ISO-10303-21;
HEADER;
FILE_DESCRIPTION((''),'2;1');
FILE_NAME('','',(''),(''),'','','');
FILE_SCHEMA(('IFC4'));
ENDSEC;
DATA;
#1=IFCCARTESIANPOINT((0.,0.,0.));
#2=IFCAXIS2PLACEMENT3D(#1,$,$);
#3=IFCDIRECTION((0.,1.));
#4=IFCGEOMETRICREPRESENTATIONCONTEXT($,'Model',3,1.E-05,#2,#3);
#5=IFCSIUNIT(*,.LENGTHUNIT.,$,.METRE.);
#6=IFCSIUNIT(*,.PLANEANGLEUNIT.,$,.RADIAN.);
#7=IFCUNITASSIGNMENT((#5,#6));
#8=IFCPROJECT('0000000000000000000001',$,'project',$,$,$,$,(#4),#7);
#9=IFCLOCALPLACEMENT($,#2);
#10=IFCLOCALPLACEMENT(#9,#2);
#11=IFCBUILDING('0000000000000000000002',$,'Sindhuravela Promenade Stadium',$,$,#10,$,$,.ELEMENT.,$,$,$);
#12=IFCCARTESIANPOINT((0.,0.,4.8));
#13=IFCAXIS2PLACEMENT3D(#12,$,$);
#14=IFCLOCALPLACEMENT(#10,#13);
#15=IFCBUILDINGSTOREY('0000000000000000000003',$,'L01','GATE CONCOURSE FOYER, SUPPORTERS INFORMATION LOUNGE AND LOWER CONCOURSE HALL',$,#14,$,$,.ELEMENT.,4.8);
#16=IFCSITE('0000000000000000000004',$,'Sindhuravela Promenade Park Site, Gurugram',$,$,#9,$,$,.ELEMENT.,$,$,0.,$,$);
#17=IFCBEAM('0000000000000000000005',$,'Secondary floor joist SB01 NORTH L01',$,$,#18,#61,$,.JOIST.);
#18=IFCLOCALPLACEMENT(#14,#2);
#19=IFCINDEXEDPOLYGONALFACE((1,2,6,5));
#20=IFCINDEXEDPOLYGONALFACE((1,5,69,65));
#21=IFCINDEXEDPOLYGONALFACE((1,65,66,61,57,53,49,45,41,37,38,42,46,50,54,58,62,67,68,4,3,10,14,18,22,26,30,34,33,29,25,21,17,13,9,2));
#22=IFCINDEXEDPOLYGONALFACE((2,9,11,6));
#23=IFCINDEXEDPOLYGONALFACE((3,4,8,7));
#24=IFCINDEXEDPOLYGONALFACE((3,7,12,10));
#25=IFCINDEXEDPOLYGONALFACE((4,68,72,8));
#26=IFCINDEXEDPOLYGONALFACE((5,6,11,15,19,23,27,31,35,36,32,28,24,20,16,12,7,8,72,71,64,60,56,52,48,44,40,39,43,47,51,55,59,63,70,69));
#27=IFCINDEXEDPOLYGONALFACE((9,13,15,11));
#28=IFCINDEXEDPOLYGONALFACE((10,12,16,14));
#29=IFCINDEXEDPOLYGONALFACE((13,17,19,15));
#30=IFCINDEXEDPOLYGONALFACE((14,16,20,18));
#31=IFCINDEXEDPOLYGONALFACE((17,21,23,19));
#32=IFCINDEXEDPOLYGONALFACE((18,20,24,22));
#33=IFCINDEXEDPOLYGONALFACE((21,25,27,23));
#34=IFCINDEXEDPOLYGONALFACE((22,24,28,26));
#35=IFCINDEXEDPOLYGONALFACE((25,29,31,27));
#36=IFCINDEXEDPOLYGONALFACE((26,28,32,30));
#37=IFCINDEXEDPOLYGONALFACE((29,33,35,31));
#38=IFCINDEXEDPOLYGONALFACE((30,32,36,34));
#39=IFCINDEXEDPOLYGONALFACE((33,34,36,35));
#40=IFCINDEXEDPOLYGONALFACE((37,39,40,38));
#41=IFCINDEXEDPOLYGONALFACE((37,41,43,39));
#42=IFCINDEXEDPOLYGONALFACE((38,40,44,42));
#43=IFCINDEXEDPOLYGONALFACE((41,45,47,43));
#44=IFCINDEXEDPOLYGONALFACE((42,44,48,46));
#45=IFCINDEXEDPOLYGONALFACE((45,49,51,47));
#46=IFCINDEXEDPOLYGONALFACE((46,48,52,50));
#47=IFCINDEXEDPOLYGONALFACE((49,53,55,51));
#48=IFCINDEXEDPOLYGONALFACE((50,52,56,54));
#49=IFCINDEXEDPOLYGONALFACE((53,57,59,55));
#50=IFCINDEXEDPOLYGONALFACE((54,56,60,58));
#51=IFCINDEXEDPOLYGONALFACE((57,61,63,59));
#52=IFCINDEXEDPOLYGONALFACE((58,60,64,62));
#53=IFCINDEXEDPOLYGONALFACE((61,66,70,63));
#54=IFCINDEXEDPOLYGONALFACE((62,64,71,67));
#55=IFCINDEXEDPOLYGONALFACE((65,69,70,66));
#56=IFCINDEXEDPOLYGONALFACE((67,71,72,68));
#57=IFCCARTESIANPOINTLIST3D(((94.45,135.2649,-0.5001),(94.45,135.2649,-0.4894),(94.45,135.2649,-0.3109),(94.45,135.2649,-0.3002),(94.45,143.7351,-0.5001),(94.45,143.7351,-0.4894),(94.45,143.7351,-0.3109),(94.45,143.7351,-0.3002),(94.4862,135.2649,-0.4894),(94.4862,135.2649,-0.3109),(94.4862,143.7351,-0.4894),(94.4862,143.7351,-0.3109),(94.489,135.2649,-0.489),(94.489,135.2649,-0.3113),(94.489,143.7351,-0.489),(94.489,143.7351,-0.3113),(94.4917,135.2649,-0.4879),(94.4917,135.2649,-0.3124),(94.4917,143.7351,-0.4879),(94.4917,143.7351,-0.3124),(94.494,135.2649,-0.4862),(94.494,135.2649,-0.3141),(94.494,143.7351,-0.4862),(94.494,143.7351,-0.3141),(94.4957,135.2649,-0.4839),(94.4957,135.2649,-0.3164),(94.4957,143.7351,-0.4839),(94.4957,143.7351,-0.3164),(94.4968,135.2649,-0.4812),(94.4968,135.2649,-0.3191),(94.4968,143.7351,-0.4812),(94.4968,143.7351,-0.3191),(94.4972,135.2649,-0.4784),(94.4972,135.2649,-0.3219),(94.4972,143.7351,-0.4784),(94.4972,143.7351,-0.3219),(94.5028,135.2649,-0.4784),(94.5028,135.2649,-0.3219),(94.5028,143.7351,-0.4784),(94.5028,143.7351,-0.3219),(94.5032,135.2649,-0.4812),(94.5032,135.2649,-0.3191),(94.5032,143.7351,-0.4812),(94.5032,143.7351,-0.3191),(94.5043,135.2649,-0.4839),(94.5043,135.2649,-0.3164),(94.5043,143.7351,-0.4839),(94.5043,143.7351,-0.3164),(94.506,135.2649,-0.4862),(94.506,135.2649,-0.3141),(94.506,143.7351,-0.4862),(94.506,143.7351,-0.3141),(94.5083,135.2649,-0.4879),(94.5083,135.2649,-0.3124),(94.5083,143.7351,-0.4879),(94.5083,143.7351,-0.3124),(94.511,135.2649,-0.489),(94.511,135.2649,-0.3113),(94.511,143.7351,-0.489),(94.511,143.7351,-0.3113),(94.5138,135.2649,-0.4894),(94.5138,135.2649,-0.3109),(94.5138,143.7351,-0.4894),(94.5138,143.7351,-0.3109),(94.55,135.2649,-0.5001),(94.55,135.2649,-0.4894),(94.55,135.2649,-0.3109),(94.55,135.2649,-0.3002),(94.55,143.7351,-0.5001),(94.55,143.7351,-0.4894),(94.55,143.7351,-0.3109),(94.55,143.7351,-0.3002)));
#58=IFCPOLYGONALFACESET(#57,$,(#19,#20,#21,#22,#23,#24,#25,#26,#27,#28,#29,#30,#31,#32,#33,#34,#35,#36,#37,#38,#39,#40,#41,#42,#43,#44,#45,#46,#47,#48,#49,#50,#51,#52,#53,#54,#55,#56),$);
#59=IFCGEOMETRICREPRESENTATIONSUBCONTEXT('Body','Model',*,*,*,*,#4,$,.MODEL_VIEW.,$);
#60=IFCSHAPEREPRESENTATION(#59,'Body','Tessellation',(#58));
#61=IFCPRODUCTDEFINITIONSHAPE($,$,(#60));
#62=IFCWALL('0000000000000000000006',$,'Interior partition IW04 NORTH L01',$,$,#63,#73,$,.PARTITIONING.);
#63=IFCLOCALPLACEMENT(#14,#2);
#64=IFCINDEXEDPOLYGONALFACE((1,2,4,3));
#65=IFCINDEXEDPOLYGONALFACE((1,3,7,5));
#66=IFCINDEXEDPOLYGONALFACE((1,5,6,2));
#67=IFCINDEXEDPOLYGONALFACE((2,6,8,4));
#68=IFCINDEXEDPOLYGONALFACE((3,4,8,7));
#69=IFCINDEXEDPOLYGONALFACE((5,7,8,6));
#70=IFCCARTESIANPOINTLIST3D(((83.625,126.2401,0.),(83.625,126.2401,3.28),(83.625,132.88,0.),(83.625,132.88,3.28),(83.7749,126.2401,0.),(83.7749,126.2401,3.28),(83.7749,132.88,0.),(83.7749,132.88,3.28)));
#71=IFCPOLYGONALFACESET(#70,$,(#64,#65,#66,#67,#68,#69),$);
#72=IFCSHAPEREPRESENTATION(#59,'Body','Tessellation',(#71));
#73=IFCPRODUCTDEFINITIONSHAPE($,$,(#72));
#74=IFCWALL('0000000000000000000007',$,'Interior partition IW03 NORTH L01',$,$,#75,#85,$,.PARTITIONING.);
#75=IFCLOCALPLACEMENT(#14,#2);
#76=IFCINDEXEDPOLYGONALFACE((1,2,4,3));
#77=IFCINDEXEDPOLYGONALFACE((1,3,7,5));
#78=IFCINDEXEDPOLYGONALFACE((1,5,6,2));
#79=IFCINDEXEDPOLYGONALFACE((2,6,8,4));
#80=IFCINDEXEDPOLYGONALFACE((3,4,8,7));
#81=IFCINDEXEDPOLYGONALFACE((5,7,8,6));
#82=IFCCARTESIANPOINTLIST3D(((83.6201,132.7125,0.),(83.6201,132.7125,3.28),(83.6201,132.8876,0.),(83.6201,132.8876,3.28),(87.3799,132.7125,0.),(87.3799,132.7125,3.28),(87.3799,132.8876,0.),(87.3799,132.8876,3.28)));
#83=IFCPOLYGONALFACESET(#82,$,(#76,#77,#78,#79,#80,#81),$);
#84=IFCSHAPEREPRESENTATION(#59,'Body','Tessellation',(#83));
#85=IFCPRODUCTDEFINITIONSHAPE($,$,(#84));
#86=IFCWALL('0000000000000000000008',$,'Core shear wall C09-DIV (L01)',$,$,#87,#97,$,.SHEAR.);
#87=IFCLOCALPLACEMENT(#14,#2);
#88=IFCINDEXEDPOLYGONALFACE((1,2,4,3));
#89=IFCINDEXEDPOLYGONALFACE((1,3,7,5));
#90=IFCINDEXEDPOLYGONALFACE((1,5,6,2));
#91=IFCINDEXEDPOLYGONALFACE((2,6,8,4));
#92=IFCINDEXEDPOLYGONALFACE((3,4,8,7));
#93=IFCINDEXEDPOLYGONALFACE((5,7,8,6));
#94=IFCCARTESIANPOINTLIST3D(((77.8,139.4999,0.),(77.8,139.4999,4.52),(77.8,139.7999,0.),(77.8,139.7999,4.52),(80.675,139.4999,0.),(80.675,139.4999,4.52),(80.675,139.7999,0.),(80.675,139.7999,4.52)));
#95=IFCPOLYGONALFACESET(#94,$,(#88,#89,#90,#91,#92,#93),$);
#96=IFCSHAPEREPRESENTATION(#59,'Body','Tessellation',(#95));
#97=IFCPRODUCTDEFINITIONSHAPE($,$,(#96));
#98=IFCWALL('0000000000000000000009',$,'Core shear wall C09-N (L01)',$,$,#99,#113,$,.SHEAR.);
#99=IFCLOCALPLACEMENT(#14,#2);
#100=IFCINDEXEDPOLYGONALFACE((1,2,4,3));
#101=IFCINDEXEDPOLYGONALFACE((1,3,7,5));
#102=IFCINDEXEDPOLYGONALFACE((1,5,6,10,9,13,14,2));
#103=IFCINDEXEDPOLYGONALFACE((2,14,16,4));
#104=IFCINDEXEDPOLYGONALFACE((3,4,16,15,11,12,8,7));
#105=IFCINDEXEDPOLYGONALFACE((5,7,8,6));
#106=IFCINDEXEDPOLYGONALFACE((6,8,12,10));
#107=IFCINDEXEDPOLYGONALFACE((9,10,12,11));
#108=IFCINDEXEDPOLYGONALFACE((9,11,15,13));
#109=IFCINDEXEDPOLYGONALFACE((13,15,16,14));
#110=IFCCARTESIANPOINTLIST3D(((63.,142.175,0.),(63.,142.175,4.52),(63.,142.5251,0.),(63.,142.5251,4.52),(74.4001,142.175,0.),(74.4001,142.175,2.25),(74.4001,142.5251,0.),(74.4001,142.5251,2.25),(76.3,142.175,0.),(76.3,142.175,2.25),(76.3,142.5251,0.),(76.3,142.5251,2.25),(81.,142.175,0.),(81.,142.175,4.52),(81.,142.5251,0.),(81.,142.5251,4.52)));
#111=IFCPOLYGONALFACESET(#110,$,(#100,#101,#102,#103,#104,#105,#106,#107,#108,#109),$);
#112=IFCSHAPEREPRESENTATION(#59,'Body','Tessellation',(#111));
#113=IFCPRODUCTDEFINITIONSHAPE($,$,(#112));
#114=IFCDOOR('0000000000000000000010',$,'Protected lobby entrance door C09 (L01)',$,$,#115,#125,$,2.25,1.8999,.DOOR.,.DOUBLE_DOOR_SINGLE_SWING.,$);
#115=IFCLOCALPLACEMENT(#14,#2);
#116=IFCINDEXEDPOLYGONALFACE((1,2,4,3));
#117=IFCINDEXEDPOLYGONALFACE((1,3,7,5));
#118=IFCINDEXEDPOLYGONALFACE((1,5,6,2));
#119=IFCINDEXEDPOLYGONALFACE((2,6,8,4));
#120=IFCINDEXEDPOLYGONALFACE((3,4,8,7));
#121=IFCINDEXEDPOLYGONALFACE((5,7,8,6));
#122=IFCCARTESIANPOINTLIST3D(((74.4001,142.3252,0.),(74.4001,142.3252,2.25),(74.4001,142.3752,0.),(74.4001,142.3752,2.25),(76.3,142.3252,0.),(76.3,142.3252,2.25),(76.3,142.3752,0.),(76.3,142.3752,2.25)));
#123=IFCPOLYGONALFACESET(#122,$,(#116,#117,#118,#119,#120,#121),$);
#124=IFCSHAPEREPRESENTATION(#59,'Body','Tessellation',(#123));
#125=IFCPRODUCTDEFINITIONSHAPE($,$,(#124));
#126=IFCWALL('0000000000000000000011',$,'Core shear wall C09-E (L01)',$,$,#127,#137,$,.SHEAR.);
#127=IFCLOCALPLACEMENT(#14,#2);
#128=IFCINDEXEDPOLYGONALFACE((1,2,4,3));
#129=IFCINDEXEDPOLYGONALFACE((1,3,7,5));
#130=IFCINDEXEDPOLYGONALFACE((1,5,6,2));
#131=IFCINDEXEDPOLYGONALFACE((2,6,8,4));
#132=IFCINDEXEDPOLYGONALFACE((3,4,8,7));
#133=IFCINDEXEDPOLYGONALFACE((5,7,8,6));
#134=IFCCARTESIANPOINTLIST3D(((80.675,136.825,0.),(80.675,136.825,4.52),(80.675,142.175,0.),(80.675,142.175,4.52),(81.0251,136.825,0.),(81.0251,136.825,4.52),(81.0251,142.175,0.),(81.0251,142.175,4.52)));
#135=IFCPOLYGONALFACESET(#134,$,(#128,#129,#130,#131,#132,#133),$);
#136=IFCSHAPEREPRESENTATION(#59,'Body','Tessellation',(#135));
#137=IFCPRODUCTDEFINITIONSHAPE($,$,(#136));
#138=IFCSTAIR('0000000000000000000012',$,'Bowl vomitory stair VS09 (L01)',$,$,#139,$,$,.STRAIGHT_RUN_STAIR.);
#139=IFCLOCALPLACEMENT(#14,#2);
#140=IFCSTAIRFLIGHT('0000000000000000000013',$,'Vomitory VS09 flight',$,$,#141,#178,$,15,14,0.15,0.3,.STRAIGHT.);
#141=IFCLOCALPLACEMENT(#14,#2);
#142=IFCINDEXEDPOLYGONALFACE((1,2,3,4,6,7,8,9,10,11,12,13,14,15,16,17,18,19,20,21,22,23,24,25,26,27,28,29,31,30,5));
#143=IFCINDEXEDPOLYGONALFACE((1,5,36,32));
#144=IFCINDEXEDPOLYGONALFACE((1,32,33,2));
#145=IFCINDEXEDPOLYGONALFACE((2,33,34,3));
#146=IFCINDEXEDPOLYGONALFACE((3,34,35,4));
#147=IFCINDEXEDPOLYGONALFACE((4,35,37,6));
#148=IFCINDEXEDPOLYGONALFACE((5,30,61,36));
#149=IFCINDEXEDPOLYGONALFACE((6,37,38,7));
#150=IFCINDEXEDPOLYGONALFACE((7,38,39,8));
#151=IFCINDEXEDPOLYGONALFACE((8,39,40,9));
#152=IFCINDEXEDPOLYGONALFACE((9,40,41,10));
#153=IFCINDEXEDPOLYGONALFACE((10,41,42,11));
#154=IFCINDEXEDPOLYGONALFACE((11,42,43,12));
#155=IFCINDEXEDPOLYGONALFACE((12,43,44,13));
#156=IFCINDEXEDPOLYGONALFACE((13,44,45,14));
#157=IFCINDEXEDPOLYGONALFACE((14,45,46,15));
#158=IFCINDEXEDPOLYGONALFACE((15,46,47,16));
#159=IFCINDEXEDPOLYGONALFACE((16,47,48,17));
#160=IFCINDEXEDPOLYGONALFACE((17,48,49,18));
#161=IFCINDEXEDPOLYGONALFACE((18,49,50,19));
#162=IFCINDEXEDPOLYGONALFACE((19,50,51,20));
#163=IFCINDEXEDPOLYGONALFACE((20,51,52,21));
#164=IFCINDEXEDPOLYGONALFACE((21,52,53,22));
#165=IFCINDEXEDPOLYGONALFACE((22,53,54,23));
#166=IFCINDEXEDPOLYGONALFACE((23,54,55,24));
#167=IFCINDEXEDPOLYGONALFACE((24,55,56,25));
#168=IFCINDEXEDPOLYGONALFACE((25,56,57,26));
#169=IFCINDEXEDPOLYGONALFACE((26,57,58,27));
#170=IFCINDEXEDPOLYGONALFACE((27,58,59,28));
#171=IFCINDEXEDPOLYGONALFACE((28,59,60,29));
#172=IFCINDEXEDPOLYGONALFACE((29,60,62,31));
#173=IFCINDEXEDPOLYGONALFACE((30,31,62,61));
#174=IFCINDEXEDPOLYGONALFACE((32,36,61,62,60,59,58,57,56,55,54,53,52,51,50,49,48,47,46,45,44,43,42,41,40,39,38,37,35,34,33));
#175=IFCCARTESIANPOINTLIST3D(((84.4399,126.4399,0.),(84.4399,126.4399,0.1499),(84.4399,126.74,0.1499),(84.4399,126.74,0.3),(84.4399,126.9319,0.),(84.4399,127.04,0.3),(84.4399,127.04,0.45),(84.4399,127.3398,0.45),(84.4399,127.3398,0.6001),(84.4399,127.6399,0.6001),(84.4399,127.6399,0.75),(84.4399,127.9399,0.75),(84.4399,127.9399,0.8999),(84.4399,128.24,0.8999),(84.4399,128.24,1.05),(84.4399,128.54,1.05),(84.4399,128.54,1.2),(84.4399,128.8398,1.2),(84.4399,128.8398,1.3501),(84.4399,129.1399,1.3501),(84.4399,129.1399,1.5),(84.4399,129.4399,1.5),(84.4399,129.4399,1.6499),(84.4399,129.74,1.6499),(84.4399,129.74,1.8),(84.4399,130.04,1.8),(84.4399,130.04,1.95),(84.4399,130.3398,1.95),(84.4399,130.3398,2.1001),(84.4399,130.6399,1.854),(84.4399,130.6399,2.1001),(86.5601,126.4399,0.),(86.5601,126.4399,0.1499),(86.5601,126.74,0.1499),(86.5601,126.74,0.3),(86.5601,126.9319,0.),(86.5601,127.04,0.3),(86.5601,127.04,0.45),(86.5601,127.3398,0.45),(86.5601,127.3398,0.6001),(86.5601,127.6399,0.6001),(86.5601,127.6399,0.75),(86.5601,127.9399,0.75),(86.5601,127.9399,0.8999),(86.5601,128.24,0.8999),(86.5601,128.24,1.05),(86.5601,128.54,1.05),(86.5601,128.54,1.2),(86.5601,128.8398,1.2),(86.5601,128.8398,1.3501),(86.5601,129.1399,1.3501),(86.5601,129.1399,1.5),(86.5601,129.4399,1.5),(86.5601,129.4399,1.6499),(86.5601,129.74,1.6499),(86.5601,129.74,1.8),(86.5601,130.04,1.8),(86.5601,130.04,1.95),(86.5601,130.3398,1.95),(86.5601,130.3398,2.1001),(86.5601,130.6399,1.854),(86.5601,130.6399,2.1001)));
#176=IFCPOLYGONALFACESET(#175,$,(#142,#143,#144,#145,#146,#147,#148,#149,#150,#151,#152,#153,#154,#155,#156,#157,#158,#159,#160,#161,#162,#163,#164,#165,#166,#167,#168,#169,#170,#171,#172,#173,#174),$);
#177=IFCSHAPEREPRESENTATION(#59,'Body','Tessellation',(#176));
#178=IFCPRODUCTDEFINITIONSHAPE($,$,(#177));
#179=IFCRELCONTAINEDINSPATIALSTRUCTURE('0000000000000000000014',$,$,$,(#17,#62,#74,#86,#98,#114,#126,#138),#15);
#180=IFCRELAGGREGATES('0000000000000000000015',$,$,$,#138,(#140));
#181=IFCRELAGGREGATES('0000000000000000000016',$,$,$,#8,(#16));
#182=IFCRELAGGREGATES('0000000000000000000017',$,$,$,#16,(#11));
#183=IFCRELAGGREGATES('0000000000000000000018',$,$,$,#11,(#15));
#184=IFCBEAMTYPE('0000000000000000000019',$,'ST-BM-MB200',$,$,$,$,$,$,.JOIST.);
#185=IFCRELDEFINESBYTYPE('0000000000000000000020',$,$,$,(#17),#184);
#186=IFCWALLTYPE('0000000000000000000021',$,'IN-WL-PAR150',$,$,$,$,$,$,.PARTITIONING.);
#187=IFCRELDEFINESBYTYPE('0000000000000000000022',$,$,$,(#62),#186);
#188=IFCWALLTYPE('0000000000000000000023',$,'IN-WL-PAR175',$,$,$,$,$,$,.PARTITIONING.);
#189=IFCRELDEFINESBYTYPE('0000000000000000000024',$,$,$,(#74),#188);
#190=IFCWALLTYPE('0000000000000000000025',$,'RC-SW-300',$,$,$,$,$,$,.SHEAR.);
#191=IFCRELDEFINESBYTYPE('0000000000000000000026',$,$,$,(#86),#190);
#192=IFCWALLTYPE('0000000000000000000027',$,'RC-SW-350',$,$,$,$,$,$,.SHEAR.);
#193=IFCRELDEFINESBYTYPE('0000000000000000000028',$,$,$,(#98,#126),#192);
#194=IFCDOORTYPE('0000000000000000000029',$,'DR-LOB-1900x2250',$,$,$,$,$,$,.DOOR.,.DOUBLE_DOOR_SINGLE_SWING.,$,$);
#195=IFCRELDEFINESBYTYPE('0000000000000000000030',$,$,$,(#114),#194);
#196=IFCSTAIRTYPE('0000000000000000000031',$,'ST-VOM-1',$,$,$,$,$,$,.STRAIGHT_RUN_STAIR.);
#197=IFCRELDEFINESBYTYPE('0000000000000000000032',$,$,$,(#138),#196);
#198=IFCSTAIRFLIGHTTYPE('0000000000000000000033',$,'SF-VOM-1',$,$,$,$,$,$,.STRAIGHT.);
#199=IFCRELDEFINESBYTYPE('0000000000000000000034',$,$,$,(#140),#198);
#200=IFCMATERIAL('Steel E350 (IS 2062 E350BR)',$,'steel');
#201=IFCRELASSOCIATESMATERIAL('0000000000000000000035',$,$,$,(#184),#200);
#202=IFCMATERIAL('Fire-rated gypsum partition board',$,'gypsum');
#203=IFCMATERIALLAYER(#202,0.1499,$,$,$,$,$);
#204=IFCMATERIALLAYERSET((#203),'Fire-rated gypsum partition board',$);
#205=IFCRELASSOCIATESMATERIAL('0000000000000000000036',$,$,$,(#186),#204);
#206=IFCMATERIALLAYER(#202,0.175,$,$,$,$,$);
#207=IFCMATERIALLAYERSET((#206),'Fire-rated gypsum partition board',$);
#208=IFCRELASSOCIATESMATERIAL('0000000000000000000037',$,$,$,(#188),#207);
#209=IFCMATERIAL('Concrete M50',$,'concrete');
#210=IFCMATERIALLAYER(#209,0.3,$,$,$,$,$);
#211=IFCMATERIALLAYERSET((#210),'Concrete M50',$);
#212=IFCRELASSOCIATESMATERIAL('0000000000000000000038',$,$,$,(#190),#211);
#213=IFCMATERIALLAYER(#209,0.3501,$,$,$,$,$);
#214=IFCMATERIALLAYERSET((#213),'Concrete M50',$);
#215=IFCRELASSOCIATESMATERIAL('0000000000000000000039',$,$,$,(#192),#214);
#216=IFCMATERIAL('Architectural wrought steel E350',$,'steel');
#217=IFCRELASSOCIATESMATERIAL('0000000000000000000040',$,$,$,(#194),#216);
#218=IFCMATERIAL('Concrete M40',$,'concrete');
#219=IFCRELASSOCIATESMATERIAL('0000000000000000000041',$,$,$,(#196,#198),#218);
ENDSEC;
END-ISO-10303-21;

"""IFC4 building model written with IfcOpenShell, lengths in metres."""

from ifc_helpers import new_model, si_unit, direction, frame, frame_2d, origin, origin_2d, place, context, subcontext, project, spatial, polyline, rectangle, i_section, outline, extrude, material, layer, layer_set, material_profile, profile_set, type_object, element, fill, aggregate, save


model = new_model("IFC4")

# Units and contexts
model_context = context("Model", 3, precision=1e-05, world=origin(), true_north=direction((0.0, 1.0)))
body_context = subcontext(model_context, "Body", "Model", "MODEL_VIEW")
ifc_project = project(units=[si_unit("LENGTHUNIT", "METRE"), si_unit("PLANEANGLEUNIT", "RADIAN")], contexts=[model_context])

# Site, building, storey
site_placement = place(None, origin())
site = spatial("IfcSite", under=ifc_project, at=site_placement, Name="Sindhuravela Promenade Park Site, Gurugram", CompositionType="ELEMENT", RefElevation=0.0)
building_placement = place(site_placement, origin())
building = spatial("IfcBuilding", under=site, at=building_placement, Name="Sindhuravela Promenade Stadium", CompositionType="ELEMENT")
storey_placement = place(building_placement, frame((0.0, 0.0, 4.8)))
storey = spatial("IfcBuildingStorey", under=building, at=storey_placement, Name="L01", Description="GATE CONCOURSE FOYER, SUPPORTERS INFORMATION LOUNGE AND LOWER CONCOURSE HALL", CompositionType="ELEMENT", Elevation=4.8)

# Shared definitions
ifc_material_1 = material(Name="Concrete M40", Category="concrete")

# Beam
ifc_material_2 = material(Name="Concrete M50", Category="concrete")
ifc_material_3 = material(Name="Steel E350 (IS 2062 E350BR)", Category="steel")
ifc_material_profile_1 = material_profile(ifc_material_3, i_section(OverallWidth=0.1001, OverallDepth=0.2, WebThickness=0.0056, FlangeThickness=0.0107, FilletRadius=0.011, at=origin_2d()), Name="ISMB 200")
ifc_profile_set_1 = profile_set([ifc_material_profile_1], Name="Steel E350 (IS 2062 E350BR)")
beam_type_1 = type_object("IfcBeamType", Name="ST-BM-MB200", PredefinedType="JOIST", material=ifc_profile_set_1)
beam_1_placement = place(storey_placement, frame((94.5, 135.2649, -0.4001), z_axis=(0.0, 1.0, 0.0), x_axis=(-1.0, 0.0, 0.0)))
element("IfcBeam", 1, at=beam_1_placement, inside=storey, type_object=beam_type_1, Name="Secondary floor joist SB01 NORTH L01", PredefinedType="JOIST", context=body_context, shape_type="SweptSolid", body=[
    extrude(i_section(OverallWidth=0.1001, OverallDepth=0.2, WebThickness=0.0056, FlangeThickness=0.0107, FilletRadius=0.011, at=origin_2d()), origin(), (0.0, 0.0, 1.0), 8.4702),
])

# Walls
ifc_material_4 = material(Name="Fire-rated gypsum partition board", Category="gypsum")
ifc_layer_1 = layer(ifc_material_4, 0.1499)
ifc_layer_set_1 = layer_set([ifc_layer_1], Name="Fire-rated gypsum partition board")
wall_type_1 = type_object("IfcWallType", Name="IN-WL-PAR150", PredefinedType="PARTITIONING", material=ifc_layer_set_1)
wall_1_placement = place(storey_placement, frame((83.7, 132.8799, 0.0), z_axis=(0.0, 0.0, 1.0), x_axis=(0.0, -1.0, 0.0)))
element("IfcWall", 2, at=wall_1_placement, inside=storey, type_object=wall_type_1, Name="Interior partition IW04 NORTH L01", PredefinedType="PARTITIONING", context=body_context, shape_type="SweptSolid", body=[
    extrude(rectangle(XDim=6.6399, YDim=0.1499, at=frame_2d((3.3198, 0.0))), origin(), (0.0, 0.0, 1.0), 3.28),
])
ifc_layer_2 = layer(ifc_material_4, 0.175)
ifc_layer_set_2 = layer_set([ifc_layer_2], Name="Fire-rated gypsum partition board")
wall_type_2 = type_object("IfcWallType", Name="IN-WL-PAR175", PredefinedType="PARTITIONING", material=ifc_layer_set_2)
wall_2_placement = place(storey_placement, frame((87.3799, 132.8, 0.0), z_axis=(0.0, 0.0, 1.0), x_axis=(-1.0, 0.0, 0.0)))
element("IfcWall", 3, at=wall_2_placement, inside=storey, type_object=wall_type_2, Name="Interior partition IW03 NORTH L01", PredefinedType="PARTITIONING", context=body_context, shape_type="SweptSolid", body=[
    extrude(rectangle(XDim=3.7598, YDim=0.175, at=frame_2d((1.8799, 0.0))), origin(), (0.0, 0.0, 1.0), 3.28),
])
ifc_layer_3 = layer(ifc_material_2, 0.3)
ifc_layer_set_3 = layer_set([ifc_layer_3], Name="Concrete M50")
wall_type_3 = type_object("IfcWallType", Name="RC-SW-300", PredefinedType="SHEAR", material=ifc_layer_set_3)
wall_3_placement = place(storey_placement, frame((77.8, 139.6499, 0.0), z_axis=(0.0, 0.0, 1.0), x_axis=(1.0, 0.0, 0.0)))
element("IfcWall", 4, at=wall_3_placement, inside=storey, type_object=wall_type_3, Name="Core shear wall C09-DIV (L01)", PredefinedType="SHEAR", context=body_context, shape_type="SweptSolid", body=[
    extrude(rectangle(XDim=2.875, YDim=0.3, at=frame_2d((1.4375, 0.0))), origin(), (0.0, 0.0, 1.0), 4.52),
])

# Wall, opening, door
ifc_layer_4 = layer(ifc_material_2, 0.3501)
ifc_layer_set_4 = layer_set([ifc_layer_4], Name="Concrete M50")
wall_type_4 = type_object("IfcWallType", Name="RC-SW-350", PredefinedType="SHEAR", material=ifc_layer_set_4)
wall_4_placement = place(storey_placement, frame((81.0, 142.3501, 0.0), z_axis=(0.0, 0.0, 1.0), x_axis=(-1.0, 0.0, 0.0)))
wall_4 = element("IfcWall", 5, at=wall_4_placement, inside=storey, type_object=wall_type_4, Name="Core shear wall C09-N (L01)", PredefinedType="SHEAR", context=body_context, shape_type="SweptSolid", body=[
    extrude(rectangle(XDim=18.0, YDim=0.3501, at=frame_2d((9.0, 0.0))), origin(), (0.0, 0.0, 1.0), 4.52),
])
opening_placement = place(wall_4_placement, frame((4.7, 0.0, 0.0)))
opening = element("IfcOpeningElement", 6, at=opening_placement, cuts=wall_4, PredefinedType="OPENING", context=body_context, shape_type="SweptSolid", body=[
    extrude(rectangle(XDim=1.8999, YDim=2.25, at=frame_2d((0.95, 1.125))), frame((0.0, 0.1851, 0.0), z_axis=(0.0, -1.0, 0.0), x_axis=(1.0, 0.0, 0.0)), (0.0, 0.0, 1.0), 0.3701),
])
ifc_material_5 = material(Name="Architectural wrought steel E350", Category="steel")
door_type = type_object("IfcDoorType", Name="DR-LOB-1900x2250", OperationType="DOUBLE_DOOR_SINGLE_SWING", PredefinedType="DOOR", material=ifc_material_5)
door_placement = place(opening_placement, origin())
door = element("IfcDoor", 7, at=door_placement, inside=storey, type_object=door_type, Name="Protected lobby entrance door C09 (L01)", OperationType="DOUBLE_DOOR_SINGLE_SWING", OverallHeight=2.25, OverallWidth=1.8999, PredefinedType="DOOR", context=body_context, shape_type="SweptSolid", body=[
    extrude(rectangle(XDim=1.8999, YDim=2.25, at=frame_2d((0.95, 1.125))), frame((0.0, 0.0249, 0.0), z_axis=(0.0, -1.0, 0.0), x_axis=(1.0, 0.0, 0.0)), (0.0, 0.0, 1.0), 0.05),
])
fill(opening, door)

# Wall
wall_5_placement = place(storey_placement, frame((80.8501, 136.825, 0.0), z_axis=(0.0, 0.0, 1.0), x_axis=(0.0, 1.0, 0.0)))
element("IfcWall", 8, at=wall_5_placement, inside=storey, type_object=wall_type_4, Name="Core shear wall C09-E (L01)", PredefinedType="SHEAR", context=body_context, shape_type="SweptSolid", body=[
    extrude(rectangle(XDim=5.3501, YDim=0.3501, at=frame_2d((2.675, 0.0))), origin(), (0.0, 0.0, 1.0), 4.52),
])

# Stair, stair flight
stair_type = type_object("IfcStairType", Name="ST-VOM-1", PredefinedType="STRAIGHT_RUN_STAIR", material=ifc_material_1)
stair_placement = place(storey_placement, origin())
stair = element("IfcStair", 9, at=stair_placement, inside=storey, type_object=stair_type, Name="Bowl vomitory stair VS09 (L01)", PredefinedType="STRAIGHT_RUN_STAIR")
stair_flight_type = type_object("IfcStairFlightType", Name="SF-VOM-1", PredefinedType="STRAIGHT", material=ifc_material_1)
stair_flight_placement = place(storey_placement, frame((85.5, 126.4399, 0.0), z_axis=(0.0, 0.0, 1.0), x_axis=(0.0, 1.0, 0.0)))
stair_flight = element("IfcStairFlight", 10, at=stair_flight_placement, type_object=stair_flight_type, Name="Vomitory VS09 flight", NumberOfRisers=15, NumberOfTreads=14, PredefinedType="STRAIGHT", RiserHeight=0.15, TreadLength=0.3, context=body_context, shape_type="SweptSolid", body=[
    extrude(outline(polyline([(0.0, 0.0), (0.0, 0.1499), (0.3, 0.1499), (0.3, 0.3), (0.6001, 0.3), (0.6001, 0.45), (0.8999, 0.45), (0.8999, 0.6001), (1.2, 0.6001), (1.2, 0.75), (1.5, 0.75), (1.5, 0.8999), (1.8, 0.8999), (1.8, 1.05), (2.1001, 1.05), (2.1001, 1.2), (2.3999, 1.2), (2.3999, 1.3501), (2.7, 1.3501), (2.7, 1.5), (3.0, 1.5), (3.0, 1.6499), (3.3, 1.6499), (3.3, 1.8), (3.6001, 1.8), (3.6001, 1.95), (3.8999, 1.95), (3.8999, 2.1001), (4.2, 2.1001), (4.2, 2.25), (4.2, 1.854), (0.4919, 0.0), (0.0, 0.0)])), frame((0.0, 1.0601, 0.0), z_axis=(0.0, -1.0, 0.0), x_axis=(1.0, 0.0, 0.0)), (0.0, 0.0, 1.0), 2.1201),
])
aggregate(stair, [stair_flight])

save(model, "model.ifc")
